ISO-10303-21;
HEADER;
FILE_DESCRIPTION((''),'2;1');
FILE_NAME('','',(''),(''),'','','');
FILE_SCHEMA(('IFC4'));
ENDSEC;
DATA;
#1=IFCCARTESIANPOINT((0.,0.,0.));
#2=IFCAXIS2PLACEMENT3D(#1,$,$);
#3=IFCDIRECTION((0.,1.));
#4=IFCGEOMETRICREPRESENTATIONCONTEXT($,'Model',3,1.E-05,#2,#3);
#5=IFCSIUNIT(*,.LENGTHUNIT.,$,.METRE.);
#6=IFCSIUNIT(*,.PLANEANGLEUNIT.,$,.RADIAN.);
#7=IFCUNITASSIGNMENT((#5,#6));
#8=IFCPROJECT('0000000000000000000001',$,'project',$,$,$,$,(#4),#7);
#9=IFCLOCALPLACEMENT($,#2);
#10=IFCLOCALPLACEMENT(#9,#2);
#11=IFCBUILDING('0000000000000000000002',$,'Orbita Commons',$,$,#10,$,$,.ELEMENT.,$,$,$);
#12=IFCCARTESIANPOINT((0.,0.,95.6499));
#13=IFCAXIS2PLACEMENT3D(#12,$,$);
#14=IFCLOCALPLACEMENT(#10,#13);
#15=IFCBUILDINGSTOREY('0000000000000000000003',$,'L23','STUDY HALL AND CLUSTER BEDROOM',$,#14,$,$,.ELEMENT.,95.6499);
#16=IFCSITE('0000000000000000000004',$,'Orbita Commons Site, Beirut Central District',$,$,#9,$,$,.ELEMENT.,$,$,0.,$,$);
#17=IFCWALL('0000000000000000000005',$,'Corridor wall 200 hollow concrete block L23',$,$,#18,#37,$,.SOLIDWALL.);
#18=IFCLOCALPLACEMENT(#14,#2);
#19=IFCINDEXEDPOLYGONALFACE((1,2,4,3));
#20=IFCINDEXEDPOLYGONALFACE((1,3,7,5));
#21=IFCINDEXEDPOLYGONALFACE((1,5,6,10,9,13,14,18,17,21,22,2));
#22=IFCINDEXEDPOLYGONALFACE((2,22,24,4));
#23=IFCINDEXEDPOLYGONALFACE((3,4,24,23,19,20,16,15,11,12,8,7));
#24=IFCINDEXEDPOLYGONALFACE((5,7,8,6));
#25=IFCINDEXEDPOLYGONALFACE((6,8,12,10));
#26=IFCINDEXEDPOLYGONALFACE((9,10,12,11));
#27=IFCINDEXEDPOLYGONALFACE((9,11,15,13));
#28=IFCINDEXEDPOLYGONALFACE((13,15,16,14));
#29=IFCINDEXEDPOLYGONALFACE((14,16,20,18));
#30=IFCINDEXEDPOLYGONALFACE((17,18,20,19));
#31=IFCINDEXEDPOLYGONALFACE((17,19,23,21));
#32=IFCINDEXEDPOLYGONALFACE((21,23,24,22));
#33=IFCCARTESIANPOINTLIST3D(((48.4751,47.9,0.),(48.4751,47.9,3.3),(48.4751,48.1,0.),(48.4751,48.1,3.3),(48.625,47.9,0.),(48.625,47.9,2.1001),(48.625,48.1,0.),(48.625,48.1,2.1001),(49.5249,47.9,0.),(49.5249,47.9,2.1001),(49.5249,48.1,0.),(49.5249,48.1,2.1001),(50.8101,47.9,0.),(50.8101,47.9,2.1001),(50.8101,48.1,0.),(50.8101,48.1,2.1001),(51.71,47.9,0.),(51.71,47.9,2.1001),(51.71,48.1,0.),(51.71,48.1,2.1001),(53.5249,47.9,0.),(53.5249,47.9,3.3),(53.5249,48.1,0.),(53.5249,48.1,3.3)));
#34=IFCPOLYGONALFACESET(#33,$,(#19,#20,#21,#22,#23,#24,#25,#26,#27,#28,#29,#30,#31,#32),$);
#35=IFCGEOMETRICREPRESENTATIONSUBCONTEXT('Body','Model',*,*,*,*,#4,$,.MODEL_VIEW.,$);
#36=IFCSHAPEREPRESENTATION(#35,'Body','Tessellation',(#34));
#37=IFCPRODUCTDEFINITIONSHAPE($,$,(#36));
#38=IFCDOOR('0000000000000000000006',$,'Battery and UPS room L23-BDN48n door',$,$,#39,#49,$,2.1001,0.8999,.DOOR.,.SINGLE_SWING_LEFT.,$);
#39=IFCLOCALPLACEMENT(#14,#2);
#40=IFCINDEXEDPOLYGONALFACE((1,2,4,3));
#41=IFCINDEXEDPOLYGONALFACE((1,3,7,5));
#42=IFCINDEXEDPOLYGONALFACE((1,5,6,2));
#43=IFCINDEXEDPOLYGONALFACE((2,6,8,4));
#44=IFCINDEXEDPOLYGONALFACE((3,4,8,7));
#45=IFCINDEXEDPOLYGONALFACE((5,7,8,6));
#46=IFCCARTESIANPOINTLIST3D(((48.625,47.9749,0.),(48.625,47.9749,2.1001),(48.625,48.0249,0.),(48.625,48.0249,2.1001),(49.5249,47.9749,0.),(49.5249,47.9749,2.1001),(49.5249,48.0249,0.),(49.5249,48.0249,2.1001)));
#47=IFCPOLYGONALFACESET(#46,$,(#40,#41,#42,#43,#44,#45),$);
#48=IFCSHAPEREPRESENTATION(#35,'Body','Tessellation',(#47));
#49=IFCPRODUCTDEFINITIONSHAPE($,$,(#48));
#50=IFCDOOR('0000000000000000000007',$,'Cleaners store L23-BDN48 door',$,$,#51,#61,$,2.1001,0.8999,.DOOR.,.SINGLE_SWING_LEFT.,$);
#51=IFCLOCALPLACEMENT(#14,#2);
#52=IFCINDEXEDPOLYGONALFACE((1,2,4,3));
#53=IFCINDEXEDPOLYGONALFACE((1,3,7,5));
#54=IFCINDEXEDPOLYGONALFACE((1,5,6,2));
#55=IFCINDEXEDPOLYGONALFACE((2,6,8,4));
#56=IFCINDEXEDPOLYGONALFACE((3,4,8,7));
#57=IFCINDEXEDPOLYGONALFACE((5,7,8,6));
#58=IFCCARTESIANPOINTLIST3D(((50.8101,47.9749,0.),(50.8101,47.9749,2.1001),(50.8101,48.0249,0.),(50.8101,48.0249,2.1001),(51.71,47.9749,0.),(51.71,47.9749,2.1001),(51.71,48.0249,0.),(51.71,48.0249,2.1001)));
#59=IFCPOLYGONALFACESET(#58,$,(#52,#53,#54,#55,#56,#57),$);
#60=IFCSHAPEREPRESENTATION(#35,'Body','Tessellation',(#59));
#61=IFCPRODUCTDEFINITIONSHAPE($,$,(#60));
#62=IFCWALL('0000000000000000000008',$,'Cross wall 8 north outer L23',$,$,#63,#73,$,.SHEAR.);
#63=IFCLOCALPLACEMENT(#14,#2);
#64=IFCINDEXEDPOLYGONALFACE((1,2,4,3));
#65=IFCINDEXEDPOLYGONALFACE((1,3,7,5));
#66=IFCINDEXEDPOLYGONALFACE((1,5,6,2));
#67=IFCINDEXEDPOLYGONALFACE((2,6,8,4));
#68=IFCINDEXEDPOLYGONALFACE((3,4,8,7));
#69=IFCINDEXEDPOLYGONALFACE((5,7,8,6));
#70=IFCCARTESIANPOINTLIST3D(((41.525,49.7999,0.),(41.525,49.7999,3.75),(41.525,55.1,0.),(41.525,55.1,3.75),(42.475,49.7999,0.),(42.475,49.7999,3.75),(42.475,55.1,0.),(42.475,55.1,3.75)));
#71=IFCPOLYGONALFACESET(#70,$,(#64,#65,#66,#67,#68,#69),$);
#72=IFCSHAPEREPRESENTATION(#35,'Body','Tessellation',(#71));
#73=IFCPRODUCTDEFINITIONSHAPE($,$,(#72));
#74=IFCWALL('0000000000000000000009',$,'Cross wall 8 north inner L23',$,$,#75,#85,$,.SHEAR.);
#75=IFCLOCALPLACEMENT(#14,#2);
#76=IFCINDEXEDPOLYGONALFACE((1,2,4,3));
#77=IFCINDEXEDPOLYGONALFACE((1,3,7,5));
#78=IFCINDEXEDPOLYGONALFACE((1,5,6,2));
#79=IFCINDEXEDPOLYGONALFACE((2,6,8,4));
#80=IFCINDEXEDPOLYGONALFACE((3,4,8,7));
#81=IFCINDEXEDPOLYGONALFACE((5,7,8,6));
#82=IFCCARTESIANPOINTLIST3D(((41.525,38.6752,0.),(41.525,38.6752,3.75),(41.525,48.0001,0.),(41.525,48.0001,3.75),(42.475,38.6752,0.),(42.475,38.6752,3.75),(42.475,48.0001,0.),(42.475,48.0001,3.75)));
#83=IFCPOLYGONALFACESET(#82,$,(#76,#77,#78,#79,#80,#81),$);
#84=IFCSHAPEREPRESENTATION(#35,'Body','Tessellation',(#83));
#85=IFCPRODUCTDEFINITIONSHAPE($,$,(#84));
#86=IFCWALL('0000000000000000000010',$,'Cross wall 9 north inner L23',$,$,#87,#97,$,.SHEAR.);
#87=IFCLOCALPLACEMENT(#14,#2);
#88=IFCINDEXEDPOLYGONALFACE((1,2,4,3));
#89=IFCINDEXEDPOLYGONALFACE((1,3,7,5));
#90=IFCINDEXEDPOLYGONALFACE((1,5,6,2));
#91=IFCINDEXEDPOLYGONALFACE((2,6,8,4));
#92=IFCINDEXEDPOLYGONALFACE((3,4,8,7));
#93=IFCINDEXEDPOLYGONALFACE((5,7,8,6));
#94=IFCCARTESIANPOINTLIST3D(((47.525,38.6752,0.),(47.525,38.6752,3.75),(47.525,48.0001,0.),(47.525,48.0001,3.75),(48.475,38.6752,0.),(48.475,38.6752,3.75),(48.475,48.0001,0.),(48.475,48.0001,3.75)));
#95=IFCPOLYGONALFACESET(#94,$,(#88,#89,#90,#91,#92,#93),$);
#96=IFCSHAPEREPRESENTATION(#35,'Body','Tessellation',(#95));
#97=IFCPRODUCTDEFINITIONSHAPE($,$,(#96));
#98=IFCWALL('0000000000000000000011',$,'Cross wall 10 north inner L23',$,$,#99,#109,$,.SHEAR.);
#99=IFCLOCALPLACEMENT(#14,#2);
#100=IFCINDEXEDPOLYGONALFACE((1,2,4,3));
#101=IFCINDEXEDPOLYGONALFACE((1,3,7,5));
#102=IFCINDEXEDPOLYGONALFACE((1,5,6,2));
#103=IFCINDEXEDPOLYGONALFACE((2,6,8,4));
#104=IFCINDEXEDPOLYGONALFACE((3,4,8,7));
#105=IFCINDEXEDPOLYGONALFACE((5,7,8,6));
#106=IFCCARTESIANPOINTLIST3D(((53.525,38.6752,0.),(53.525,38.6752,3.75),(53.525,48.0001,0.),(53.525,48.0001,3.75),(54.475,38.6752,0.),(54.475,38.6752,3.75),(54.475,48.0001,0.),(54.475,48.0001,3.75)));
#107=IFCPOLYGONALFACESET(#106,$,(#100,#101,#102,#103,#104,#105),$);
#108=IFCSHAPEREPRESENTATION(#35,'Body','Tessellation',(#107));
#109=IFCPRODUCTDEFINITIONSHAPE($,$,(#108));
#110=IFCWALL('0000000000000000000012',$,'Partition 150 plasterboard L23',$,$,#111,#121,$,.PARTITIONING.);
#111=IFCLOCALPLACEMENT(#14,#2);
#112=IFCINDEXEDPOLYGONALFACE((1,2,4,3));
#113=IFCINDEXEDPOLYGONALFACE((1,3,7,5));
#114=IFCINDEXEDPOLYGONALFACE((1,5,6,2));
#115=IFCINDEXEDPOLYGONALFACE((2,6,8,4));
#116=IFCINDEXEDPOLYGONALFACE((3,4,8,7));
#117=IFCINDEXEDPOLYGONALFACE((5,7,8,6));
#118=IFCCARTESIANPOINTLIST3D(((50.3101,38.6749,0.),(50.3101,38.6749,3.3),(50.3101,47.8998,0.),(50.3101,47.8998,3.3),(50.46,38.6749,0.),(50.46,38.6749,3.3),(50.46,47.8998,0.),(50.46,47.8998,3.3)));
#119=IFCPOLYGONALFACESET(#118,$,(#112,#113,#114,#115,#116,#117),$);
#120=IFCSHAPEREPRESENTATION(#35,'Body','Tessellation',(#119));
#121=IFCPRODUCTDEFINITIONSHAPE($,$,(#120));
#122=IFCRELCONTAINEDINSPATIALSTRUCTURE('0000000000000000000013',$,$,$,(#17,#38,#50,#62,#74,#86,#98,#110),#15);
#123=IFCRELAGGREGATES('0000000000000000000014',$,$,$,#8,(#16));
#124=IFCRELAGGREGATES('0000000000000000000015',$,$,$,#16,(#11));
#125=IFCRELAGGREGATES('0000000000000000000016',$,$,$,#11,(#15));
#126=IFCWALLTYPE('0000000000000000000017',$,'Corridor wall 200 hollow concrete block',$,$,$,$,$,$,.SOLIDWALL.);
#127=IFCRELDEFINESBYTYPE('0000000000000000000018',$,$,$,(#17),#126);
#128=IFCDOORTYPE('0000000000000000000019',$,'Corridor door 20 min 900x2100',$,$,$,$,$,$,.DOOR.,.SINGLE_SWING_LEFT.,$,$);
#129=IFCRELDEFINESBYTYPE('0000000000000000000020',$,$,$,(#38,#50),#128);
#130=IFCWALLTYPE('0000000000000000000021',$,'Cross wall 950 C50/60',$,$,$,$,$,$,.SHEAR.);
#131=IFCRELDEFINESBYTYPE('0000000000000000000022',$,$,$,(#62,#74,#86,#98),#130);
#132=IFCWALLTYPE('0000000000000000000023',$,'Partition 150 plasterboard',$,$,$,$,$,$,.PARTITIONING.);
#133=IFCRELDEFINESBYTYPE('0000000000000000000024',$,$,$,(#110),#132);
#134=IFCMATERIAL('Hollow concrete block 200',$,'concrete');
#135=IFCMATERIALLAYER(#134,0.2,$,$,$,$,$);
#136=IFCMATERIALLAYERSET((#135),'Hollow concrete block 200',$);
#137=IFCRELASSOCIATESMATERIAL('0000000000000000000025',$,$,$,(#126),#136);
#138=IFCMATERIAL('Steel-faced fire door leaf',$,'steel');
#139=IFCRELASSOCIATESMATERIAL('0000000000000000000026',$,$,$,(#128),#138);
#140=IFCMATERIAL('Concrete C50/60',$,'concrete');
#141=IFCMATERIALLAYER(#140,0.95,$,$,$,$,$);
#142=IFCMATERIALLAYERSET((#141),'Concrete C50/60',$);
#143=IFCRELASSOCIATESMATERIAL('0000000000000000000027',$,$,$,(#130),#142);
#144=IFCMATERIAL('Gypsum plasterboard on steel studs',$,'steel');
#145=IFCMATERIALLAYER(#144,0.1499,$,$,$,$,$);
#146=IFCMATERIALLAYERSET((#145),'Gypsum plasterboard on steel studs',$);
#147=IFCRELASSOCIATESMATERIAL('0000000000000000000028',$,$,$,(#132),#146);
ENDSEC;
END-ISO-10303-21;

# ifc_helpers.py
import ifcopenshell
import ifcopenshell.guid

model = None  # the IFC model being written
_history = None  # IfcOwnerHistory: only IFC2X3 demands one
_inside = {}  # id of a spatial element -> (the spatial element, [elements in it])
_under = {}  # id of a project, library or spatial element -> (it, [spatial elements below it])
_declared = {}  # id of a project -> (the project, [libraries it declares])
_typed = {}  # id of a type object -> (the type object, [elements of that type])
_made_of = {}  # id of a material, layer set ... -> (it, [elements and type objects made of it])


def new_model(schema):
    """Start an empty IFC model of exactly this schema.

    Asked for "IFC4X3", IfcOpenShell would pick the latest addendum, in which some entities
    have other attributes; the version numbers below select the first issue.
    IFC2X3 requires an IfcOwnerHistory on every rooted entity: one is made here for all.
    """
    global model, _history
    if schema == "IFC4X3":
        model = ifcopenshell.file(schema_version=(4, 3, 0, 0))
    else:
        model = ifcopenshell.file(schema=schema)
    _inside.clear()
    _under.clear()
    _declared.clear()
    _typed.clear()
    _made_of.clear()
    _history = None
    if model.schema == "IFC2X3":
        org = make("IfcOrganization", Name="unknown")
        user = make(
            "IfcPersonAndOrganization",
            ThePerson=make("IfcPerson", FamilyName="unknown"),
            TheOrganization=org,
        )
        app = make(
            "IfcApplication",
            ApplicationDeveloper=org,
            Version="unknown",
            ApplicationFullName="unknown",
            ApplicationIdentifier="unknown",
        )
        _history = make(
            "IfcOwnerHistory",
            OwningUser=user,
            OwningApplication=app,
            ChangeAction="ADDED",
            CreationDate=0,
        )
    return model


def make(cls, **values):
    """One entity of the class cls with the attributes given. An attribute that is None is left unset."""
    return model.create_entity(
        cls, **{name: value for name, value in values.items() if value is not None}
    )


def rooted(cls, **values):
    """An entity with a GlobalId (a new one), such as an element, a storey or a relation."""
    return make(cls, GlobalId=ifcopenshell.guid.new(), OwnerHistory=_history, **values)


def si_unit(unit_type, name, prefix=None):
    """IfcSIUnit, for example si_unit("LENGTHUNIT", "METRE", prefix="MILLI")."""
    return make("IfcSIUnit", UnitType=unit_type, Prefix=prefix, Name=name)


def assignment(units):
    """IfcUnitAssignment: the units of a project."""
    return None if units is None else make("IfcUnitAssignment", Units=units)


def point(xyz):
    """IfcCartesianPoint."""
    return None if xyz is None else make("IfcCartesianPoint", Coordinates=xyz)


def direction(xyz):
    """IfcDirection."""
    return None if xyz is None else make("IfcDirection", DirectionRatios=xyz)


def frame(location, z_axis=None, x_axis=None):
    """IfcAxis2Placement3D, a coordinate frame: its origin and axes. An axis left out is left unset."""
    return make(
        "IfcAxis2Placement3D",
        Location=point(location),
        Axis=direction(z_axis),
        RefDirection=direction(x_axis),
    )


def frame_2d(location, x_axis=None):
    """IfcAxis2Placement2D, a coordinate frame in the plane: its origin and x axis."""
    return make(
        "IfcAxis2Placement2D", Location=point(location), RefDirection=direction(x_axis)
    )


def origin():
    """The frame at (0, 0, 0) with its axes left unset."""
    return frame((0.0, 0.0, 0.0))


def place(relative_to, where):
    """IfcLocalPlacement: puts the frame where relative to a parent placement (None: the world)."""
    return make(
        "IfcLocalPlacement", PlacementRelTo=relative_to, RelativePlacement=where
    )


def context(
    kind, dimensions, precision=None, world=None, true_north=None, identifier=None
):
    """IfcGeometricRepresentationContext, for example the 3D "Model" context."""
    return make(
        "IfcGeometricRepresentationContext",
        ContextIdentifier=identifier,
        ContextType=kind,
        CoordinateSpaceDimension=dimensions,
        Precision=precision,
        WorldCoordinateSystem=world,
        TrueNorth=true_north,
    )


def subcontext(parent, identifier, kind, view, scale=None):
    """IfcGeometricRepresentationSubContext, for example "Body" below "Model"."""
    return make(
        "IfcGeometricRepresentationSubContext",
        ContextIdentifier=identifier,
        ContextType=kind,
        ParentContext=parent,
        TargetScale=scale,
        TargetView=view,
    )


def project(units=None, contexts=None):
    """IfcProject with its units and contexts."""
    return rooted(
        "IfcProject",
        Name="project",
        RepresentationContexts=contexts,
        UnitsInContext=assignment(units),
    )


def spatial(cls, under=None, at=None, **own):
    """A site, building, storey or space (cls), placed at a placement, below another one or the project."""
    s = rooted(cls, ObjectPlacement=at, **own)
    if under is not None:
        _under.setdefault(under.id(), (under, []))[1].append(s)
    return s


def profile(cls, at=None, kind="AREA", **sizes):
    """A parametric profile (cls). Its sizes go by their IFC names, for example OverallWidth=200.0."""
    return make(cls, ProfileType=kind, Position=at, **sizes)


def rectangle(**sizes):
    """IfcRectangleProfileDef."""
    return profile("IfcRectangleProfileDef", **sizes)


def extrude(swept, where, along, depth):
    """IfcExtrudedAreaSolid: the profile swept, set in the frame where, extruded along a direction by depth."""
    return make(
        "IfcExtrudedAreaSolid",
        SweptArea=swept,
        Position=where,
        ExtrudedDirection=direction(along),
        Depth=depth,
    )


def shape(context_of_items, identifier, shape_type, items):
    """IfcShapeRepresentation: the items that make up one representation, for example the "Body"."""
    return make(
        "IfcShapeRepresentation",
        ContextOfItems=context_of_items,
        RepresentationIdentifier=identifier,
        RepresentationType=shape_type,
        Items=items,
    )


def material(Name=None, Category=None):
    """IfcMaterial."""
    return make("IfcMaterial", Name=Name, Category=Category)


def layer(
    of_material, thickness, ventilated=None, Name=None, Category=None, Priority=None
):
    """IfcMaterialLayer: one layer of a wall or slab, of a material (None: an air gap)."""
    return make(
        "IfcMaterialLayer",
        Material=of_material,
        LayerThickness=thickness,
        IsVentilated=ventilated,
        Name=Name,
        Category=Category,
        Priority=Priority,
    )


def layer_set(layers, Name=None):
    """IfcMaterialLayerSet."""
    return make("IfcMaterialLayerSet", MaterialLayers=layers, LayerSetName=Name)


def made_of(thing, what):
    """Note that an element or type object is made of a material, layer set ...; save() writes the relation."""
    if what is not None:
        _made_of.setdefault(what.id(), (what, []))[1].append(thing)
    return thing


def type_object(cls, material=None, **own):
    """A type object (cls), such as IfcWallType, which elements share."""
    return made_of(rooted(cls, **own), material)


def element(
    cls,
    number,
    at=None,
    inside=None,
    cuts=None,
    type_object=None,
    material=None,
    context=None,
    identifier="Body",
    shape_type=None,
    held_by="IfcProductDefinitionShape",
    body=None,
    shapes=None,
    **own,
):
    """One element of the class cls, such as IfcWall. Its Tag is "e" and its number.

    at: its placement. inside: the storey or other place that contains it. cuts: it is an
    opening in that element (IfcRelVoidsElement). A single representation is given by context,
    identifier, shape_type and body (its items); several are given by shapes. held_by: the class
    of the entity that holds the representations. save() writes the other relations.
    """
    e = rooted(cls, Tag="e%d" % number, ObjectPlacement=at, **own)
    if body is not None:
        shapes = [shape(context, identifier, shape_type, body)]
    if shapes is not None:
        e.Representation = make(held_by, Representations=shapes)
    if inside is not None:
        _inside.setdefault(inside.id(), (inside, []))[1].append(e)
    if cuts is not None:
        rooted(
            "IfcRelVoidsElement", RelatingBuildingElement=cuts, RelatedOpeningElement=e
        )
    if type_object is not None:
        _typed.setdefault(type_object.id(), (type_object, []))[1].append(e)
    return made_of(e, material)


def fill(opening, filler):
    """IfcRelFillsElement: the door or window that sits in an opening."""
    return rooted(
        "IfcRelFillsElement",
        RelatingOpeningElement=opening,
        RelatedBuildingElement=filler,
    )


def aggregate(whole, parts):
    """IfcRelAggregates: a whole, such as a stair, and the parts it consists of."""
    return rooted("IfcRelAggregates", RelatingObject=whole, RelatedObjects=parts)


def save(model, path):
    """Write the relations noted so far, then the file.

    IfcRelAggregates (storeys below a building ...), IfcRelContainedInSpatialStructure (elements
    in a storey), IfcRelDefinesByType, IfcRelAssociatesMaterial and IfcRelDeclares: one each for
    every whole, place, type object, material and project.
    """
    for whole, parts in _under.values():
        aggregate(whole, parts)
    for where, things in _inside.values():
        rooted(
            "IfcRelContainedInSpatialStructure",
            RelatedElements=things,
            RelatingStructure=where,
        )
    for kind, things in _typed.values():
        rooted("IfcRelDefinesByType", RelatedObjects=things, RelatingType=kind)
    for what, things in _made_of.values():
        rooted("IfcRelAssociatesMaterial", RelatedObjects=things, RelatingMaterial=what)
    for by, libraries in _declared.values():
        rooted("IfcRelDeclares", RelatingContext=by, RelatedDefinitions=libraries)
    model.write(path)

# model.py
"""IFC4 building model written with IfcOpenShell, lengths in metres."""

from ifc_helpers import new_model, si_unit, direction, frame, frame_2d, origin, place, context, subcontext, project, spatial, rectangle, extrude, material, layer, layer_set, type_object, element, fill, save


model = new_model("IFC4")

# Units and contexts
model_context = context("Model", 3, precision=1e-05, world=origin(), true_north=direction((0.0, 1.0)))
body_context = subcontext(model_context, "Body", "Model", "MODEL_VIEW")
ifc_project = project(units=[si_unit("LENGTHUNIT", "METRE"), si_unit("PLANEANGLEUNIT", "RADIAN")], contexts=[model_context])

# Site, building, storey
site_placement = place(None, origin())
site = spatial("IfcSite", under=ifc_project, at=site_placement, Name="Orbita Commons Site, Beirut Central District", CompositionType="ELEMENT", RefElevation=0.0)
building_placement = place(site_placement, origin())
building = spatial("IfcBuilding", under=site, at=building_placement, Name="Orbita Commons", CompositionType="ELEMENT")
storey_placement = place(building_placement, frame((0.0, 0.0, 95.6499)))
storey = spatial("IfcBuildingStorey", under=building, at=storey_placement, Name="L23", Description="STUDY HALL AND CLUSTER BEDROOM", CompositionType="ELEMENT", Elevation=95.6499)

# Shared definitions
ifc_material_1 = material(Name="Hollow concrete block 200", Category="concrete")
ifc_layer_1 = layer(ifc_material_1, 0.2)
ifc_layer_set_1 = layer_set([ifc_layer_1], Name="Hollow concrete block 200")
wall_type_1 = type_object("IfcWallType", Name="Corridor wall 200 hollow concrete block", PredefinedType="SOLIDWALL", material=ifc_layer_set_1)

# Wall, openings, doors
wall_1_placement = place(storey_placement, frame((48.4751, 48.0, 0.0), z_axis=(0.0, 0.0, 1.0), x_axis=(1.0, 0.0, 0.0)))
wall_1 = element("IfcWall", 1, at=wall_1_placement, inside=storey, type_object=wall_type_1, Name="Corridor wall 200 hollow concrete block L23", PredefinedType="SOLIDWALL", context=body_context, shape_type="SweptSolid", body=[
    extrude(rectangle(XDim=5.0498, YDim=0.2, at=frame_2d((2.5249, 0.0))), origin(), (0.0, 0.0, 1.0), 3.3),
])
opening_1_placement = place(wall_1_placement, frame((0.1499, 0.0, 0.0)))
opening_1 = element("IfcOpeningElement", 2, at=opening_1_placement, cuts=wall_1, PredefinedType="OPENING", context=body_context, shape_type="SweptSolid", body=[
    extrude(rectangle(XDim=0.8999, YDim=2.1001, at=frame_2d((0.45, 1.05))), frame((0.0, 0.1099, 0.0), z_axis=(0.0, -1.0, 0.0), x_axis=(1.0, 0.0, 0.0)), (0.0, 0.0, 1.0), 0.22),
])
opening_2_placement = place(wall_1_placement, frame((2.335, 0.0, 0.0)))
opening_2 = element("IfcOpeningElement", 3, at=opening_2_placement, cuts=wall_1, PredefinedType="OPENING", context=body_context, shape_type="SweptSolid", body=[
    extrude(rectangle(XDim=0.8999, YDim=2.1001, at=frame_2d((0.45, 1.05))), frame((0.0, 0.1099, 0.0), z_axis=(0.0, -1.0, 0.0), x_axis=(1.0, 0.0, 0.0)), (0.0, 0.0, 1.0), 0.22),
])
ifc_material_2 = material(Name="Steel-faced fire door leaf", Category="steel")
door_type_1 = type_object("IfcDoorType", Name="Corridor door 20 min 900x2100", OperationType="SINGLE_SWING_LEFT", PredefinedType="DOOR", material=ifc_material_2)
door_1_placement = place(opening_1_placement, origin())
door_1 = element("IfcDoor", 4, at=door_1_placement, inside=storey, type_object=door_type_1, Name="Battery and UPS room L23-BDN48n door", OperationType="SINGLE_SWING_LEFT", OverallHeight=2.1001, OverallWidth=0.8999, PredefinedType="DOOR", context=body_context, shape_type="SweptSolid", body=[
    extrude(rectangle(XDim=0.8999, YDim=2.1001, at=frame_2d((0.45, 1.05))), frame((0.0, 0.0249, 0.0), z_axis=(0.0, -1.0, 0.0), x_axis=(1.0, 0.0, 0.0)), (0.0, 0.0, 1.0), 0.05),
])
fill(opening_1, door_1)
door_2_placement = place(opening_2_placement, origin())
door_2 = element("IfcDoor", 5, at=door_2_placement, inside=storey, type_object=door_type_1, Name="Cleaners store L23-BDN48 door", OperationType="SINGLE_SWING_LEFT", OverallHeight=2.1001, OverallWidth=0.8999, PredefinedType="DOOR", context=body_context, shape_type="SweptSolid", body=[
    extrude(rectangle(XDim=0.8999, YDim=2.1001, at=frame_2d((0.45, 1.05))), frame((0.0, 0.0249, 0.0), z_axis=(0.0, -1.0, 0.0), x_axis=(1.0, 0.0, 0.0)), (0.0, 0.0, 1.0), 0.05),
])
fill(opening_2, door_2)

# Walls
ifc_material_3 = material(Name="Concrete C50/60", Category="concrete")
ifc_layer_2 = layer(ifc_material_3, 0.95)
ifc_layer_set_2 = layer_set([ifc_layer_2], Name="Concrete C50/60")
wall_type_2 = type_object("IfcWallType", Name="Cross wall 950 C50/60", PredefinedType="SHEAR", material=ifc_layer_set_2)
wall_2_placement = place(storey_placement, frame((42.0, 49.8, 0.0), z_axis=(0.0, 0.0, 1.0), x_axis=(0.0, 1.0, 0.0)))
element("IfcWall", 6, at=wall_2_placement, inside=storey, type_object=wall_type_2, Name="Cross wall 8 north outer L23", PredefinedType="SHEAR", context=body_context, shape_type="SweptSolid", body=[
    extrude(rectangle(XDim=5.3, YDim=0.95, at=frame_2d((2.6499, 0.0))), origin(), (0.0, 0.0, 1.0), 3.75),
])
for number, where, z_axis, x_axis, name in (
    (7, (42.0, 38.675, 0.0), (0.0, 0.0, 1.0), (0.0, 1.0, 0.0), "Cross wall 8 north inner L23"),
    (8, (48.0, 38.675, 0.0), (0.0, 0.0, 1.0), (0.0, 1.0, 0.0), "Cross wall 9 north inner L23"),
    (9, (54.0, 38.675, 0.0), (0.0, 0.0, 1.0), (0.0, 1.0, 0.0), "Cross wall 10 north inner L23"),
):
    element("IfcWall", number, at=place(storey_placement, frame(where, z_axis=z_axis, x_axis=x_axis)), inside=storey, type_object=wall_type_2, Name=name, PredefinedType="SHEAR", context=body_context, shape_type="SweptSolid", body=[
        extrude(rectangle(XDim=9.325, YDim=0.95, at=frame_2d((4.6626, 0.0))), origin(), (0.0, 0.0, 1.0), 3.75),
    ])
ifc_material_4 = material(Name="Gypsum plasterboard on steel studs", Category="steel")
ifc_layer_3 = layer(ifc_material_4, 0.1499)
ifc_layer_set_3 = layer_set([ifc_layer_3], Name="Gypsum plasterboard on steel studs")
wall_type_3 = type_object("IfcWallType", Name="Partition 150 plasterboard", PredefinedType="PARTITIONING", material=ifc_layer_set_3)
wall_3_placement = place(storey_placement, frame((50.385, 38.675, 0.0), z_axis=(0.0, 0.0, 1.0), x_axis=(0.0, 1.0, 0.0)))
element("IfcWall", 10, at=wall_3_placement, inside=storey, type_object=wall_type_3, Name="Partition 150 plasterboard L23", PredefinedType="PARTITIONING", context=body_context, shape_type="SweptSolid", body=[
    extrude(rectangle(XDim=9.2249, YDim=0.1499, at=frame_2d((4.6123, 0.0))), origin(), (0.0, 0.0, 1.0), 3.3),
])

save(model, "model.ifc")
